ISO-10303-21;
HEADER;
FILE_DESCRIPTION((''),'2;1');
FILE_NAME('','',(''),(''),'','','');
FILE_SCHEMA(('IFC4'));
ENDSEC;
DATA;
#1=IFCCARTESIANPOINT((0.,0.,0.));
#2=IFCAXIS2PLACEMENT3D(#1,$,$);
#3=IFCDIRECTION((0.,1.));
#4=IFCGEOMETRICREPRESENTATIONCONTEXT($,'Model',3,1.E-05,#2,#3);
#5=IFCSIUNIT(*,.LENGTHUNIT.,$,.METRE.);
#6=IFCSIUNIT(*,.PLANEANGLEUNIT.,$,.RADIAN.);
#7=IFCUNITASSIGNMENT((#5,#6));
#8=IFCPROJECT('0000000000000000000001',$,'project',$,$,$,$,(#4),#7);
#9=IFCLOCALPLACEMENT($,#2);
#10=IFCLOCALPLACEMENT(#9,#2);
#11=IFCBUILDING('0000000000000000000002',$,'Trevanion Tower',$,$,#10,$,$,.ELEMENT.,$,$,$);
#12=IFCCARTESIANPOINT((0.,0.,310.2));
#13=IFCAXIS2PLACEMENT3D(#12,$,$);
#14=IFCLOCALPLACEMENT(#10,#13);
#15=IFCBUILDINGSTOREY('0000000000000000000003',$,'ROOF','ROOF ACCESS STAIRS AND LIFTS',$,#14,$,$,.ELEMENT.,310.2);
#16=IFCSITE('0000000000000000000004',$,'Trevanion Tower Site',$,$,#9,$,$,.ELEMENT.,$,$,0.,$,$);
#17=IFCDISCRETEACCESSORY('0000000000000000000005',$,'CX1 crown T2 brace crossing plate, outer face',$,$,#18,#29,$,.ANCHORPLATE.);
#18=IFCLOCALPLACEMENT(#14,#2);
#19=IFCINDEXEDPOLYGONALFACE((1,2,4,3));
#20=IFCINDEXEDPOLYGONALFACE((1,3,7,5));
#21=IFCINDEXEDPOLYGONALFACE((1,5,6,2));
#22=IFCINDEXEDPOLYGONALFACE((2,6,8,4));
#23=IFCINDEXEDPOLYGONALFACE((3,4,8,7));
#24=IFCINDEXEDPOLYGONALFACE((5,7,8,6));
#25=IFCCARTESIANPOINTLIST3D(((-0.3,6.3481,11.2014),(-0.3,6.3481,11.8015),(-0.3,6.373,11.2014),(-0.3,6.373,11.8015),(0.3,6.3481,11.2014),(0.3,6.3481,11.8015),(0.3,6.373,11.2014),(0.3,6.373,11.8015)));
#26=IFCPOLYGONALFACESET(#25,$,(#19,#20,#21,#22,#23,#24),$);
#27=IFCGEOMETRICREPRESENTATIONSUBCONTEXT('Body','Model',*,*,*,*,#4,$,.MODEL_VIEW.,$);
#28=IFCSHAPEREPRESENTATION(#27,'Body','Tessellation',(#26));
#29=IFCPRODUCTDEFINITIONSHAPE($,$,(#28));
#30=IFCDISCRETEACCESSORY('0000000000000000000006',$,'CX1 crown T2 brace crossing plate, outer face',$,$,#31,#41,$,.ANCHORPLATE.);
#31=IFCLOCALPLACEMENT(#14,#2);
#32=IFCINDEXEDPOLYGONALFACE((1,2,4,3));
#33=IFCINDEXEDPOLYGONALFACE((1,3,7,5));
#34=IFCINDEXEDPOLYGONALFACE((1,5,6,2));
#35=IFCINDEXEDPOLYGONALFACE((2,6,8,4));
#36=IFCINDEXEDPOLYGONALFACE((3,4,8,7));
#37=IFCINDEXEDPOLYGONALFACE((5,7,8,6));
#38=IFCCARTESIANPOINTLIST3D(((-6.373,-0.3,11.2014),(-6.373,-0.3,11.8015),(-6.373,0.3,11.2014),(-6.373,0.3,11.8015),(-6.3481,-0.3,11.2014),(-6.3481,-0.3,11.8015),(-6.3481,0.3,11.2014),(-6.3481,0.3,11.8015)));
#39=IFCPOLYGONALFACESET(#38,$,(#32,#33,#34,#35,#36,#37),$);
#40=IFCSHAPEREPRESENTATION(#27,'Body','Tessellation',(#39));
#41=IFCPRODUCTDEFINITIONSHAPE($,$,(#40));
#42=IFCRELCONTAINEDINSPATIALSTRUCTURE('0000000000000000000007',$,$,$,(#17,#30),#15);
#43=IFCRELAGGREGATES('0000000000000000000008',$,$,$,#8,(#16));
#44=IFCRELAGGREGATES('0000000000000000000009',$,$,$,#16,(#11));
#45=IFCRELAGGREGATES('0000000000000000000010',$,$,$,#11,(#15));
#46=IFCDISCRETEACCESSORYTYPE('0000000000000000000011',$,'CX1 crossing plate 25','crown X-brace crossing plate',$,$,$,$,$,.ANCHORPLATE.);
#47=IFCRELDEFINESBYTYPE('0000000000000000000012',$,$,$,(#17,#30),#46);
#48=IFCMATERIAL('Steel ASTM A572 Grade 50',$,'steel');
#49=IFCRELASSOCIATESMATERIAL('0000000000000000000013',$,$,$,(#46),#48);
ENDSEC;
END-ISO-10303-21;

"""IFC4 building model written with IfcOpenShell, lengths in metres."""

from ifc_helpers import new_model, si_unit, direction, frame, origin, origin_2d, place, context, subcontext, project, spatial, rectangle, extrude, material, type_object, element, save


model = new_model("IFC4")

# Units and contexts
model_context = context("Model", 3, precision=1e-05, world=origin(), true_north=direction((0.0, 1.0)))
body_context = subcontext(model_context, "Body", "Model", "MODEL_VIEW")
ifc_project = project(units=[si_unit("LENGTHUNIT", "METRE"), si_unit("PLANEANGLEUNIT", "RADIAN")], contexts=[model_context])

# Site, building, storey
site_placement = place(None, origin())
site = spatial("IfcSite", under=ifc_project, at=site_placement, Name="Trevanion Tower Site", CompositionType="ELEMENT", RefElevation=0.0)
building_placement = place(site_placement, origin())
building = spatial("IfcBuilding", under=site, at=building_placement, Name="Trevanion Tower", CompositionType="ELEMENT")
storey_placement = place(building_placement, frame((0.0, 0.0, 310.2)))
storey = spatial("IfcBuildingStorey", under=building, at=storey_placement, Name="ROOF", Description="ROOF ACCESS STAIRS AND LIFTS", CompositionType="ELEMENT", Elevation=310.2)

# Discrete accessories
ifc_material_1 = material(Name="Steel ASTM A572 Grade 50", Category="steel")
discrete_accessory_type = type_object("IfcDiscreteAccessoryType", Name="CX1 crossing plate 25", Description="crown X-brace crossing plate", PredefinedType="ANCHORPLATE", material=ifc_material_1)
for number, where, z_axis, x_axis, name in (
    (1, (0.0, 6.3606, 11.2014), (0.0, 0.0, 1.0), (-1.0, 0.0, 0.0), "CX1 crown T2 brace crossing plate, outer face"),
    (2, (-6.3606, 0.0, 11.2014), (0.0, 0.0, 1.0), (0.0, -1.0, 0.0), "CX1 crown T2 brace crossing plate, outer face"),
):
    element("IfcDiscreteAccessory", number, at=place(storey_placement, frame(where, z_axis=z_axis, x_axis=x_axis)), inside=storey, type_object=discrete_accessory_type, Name=name, PredefinedType="ANCHORPLATE", context=body_context, shape_type="SweptSolid", body=[
        extrude(rectangle(XDim=0.6001, YDim=0.0249, at=origin_2d()), origin(), (0.0, 0.0, 1.0), 0.6001),
    ])

save(model, "model.ifc")
